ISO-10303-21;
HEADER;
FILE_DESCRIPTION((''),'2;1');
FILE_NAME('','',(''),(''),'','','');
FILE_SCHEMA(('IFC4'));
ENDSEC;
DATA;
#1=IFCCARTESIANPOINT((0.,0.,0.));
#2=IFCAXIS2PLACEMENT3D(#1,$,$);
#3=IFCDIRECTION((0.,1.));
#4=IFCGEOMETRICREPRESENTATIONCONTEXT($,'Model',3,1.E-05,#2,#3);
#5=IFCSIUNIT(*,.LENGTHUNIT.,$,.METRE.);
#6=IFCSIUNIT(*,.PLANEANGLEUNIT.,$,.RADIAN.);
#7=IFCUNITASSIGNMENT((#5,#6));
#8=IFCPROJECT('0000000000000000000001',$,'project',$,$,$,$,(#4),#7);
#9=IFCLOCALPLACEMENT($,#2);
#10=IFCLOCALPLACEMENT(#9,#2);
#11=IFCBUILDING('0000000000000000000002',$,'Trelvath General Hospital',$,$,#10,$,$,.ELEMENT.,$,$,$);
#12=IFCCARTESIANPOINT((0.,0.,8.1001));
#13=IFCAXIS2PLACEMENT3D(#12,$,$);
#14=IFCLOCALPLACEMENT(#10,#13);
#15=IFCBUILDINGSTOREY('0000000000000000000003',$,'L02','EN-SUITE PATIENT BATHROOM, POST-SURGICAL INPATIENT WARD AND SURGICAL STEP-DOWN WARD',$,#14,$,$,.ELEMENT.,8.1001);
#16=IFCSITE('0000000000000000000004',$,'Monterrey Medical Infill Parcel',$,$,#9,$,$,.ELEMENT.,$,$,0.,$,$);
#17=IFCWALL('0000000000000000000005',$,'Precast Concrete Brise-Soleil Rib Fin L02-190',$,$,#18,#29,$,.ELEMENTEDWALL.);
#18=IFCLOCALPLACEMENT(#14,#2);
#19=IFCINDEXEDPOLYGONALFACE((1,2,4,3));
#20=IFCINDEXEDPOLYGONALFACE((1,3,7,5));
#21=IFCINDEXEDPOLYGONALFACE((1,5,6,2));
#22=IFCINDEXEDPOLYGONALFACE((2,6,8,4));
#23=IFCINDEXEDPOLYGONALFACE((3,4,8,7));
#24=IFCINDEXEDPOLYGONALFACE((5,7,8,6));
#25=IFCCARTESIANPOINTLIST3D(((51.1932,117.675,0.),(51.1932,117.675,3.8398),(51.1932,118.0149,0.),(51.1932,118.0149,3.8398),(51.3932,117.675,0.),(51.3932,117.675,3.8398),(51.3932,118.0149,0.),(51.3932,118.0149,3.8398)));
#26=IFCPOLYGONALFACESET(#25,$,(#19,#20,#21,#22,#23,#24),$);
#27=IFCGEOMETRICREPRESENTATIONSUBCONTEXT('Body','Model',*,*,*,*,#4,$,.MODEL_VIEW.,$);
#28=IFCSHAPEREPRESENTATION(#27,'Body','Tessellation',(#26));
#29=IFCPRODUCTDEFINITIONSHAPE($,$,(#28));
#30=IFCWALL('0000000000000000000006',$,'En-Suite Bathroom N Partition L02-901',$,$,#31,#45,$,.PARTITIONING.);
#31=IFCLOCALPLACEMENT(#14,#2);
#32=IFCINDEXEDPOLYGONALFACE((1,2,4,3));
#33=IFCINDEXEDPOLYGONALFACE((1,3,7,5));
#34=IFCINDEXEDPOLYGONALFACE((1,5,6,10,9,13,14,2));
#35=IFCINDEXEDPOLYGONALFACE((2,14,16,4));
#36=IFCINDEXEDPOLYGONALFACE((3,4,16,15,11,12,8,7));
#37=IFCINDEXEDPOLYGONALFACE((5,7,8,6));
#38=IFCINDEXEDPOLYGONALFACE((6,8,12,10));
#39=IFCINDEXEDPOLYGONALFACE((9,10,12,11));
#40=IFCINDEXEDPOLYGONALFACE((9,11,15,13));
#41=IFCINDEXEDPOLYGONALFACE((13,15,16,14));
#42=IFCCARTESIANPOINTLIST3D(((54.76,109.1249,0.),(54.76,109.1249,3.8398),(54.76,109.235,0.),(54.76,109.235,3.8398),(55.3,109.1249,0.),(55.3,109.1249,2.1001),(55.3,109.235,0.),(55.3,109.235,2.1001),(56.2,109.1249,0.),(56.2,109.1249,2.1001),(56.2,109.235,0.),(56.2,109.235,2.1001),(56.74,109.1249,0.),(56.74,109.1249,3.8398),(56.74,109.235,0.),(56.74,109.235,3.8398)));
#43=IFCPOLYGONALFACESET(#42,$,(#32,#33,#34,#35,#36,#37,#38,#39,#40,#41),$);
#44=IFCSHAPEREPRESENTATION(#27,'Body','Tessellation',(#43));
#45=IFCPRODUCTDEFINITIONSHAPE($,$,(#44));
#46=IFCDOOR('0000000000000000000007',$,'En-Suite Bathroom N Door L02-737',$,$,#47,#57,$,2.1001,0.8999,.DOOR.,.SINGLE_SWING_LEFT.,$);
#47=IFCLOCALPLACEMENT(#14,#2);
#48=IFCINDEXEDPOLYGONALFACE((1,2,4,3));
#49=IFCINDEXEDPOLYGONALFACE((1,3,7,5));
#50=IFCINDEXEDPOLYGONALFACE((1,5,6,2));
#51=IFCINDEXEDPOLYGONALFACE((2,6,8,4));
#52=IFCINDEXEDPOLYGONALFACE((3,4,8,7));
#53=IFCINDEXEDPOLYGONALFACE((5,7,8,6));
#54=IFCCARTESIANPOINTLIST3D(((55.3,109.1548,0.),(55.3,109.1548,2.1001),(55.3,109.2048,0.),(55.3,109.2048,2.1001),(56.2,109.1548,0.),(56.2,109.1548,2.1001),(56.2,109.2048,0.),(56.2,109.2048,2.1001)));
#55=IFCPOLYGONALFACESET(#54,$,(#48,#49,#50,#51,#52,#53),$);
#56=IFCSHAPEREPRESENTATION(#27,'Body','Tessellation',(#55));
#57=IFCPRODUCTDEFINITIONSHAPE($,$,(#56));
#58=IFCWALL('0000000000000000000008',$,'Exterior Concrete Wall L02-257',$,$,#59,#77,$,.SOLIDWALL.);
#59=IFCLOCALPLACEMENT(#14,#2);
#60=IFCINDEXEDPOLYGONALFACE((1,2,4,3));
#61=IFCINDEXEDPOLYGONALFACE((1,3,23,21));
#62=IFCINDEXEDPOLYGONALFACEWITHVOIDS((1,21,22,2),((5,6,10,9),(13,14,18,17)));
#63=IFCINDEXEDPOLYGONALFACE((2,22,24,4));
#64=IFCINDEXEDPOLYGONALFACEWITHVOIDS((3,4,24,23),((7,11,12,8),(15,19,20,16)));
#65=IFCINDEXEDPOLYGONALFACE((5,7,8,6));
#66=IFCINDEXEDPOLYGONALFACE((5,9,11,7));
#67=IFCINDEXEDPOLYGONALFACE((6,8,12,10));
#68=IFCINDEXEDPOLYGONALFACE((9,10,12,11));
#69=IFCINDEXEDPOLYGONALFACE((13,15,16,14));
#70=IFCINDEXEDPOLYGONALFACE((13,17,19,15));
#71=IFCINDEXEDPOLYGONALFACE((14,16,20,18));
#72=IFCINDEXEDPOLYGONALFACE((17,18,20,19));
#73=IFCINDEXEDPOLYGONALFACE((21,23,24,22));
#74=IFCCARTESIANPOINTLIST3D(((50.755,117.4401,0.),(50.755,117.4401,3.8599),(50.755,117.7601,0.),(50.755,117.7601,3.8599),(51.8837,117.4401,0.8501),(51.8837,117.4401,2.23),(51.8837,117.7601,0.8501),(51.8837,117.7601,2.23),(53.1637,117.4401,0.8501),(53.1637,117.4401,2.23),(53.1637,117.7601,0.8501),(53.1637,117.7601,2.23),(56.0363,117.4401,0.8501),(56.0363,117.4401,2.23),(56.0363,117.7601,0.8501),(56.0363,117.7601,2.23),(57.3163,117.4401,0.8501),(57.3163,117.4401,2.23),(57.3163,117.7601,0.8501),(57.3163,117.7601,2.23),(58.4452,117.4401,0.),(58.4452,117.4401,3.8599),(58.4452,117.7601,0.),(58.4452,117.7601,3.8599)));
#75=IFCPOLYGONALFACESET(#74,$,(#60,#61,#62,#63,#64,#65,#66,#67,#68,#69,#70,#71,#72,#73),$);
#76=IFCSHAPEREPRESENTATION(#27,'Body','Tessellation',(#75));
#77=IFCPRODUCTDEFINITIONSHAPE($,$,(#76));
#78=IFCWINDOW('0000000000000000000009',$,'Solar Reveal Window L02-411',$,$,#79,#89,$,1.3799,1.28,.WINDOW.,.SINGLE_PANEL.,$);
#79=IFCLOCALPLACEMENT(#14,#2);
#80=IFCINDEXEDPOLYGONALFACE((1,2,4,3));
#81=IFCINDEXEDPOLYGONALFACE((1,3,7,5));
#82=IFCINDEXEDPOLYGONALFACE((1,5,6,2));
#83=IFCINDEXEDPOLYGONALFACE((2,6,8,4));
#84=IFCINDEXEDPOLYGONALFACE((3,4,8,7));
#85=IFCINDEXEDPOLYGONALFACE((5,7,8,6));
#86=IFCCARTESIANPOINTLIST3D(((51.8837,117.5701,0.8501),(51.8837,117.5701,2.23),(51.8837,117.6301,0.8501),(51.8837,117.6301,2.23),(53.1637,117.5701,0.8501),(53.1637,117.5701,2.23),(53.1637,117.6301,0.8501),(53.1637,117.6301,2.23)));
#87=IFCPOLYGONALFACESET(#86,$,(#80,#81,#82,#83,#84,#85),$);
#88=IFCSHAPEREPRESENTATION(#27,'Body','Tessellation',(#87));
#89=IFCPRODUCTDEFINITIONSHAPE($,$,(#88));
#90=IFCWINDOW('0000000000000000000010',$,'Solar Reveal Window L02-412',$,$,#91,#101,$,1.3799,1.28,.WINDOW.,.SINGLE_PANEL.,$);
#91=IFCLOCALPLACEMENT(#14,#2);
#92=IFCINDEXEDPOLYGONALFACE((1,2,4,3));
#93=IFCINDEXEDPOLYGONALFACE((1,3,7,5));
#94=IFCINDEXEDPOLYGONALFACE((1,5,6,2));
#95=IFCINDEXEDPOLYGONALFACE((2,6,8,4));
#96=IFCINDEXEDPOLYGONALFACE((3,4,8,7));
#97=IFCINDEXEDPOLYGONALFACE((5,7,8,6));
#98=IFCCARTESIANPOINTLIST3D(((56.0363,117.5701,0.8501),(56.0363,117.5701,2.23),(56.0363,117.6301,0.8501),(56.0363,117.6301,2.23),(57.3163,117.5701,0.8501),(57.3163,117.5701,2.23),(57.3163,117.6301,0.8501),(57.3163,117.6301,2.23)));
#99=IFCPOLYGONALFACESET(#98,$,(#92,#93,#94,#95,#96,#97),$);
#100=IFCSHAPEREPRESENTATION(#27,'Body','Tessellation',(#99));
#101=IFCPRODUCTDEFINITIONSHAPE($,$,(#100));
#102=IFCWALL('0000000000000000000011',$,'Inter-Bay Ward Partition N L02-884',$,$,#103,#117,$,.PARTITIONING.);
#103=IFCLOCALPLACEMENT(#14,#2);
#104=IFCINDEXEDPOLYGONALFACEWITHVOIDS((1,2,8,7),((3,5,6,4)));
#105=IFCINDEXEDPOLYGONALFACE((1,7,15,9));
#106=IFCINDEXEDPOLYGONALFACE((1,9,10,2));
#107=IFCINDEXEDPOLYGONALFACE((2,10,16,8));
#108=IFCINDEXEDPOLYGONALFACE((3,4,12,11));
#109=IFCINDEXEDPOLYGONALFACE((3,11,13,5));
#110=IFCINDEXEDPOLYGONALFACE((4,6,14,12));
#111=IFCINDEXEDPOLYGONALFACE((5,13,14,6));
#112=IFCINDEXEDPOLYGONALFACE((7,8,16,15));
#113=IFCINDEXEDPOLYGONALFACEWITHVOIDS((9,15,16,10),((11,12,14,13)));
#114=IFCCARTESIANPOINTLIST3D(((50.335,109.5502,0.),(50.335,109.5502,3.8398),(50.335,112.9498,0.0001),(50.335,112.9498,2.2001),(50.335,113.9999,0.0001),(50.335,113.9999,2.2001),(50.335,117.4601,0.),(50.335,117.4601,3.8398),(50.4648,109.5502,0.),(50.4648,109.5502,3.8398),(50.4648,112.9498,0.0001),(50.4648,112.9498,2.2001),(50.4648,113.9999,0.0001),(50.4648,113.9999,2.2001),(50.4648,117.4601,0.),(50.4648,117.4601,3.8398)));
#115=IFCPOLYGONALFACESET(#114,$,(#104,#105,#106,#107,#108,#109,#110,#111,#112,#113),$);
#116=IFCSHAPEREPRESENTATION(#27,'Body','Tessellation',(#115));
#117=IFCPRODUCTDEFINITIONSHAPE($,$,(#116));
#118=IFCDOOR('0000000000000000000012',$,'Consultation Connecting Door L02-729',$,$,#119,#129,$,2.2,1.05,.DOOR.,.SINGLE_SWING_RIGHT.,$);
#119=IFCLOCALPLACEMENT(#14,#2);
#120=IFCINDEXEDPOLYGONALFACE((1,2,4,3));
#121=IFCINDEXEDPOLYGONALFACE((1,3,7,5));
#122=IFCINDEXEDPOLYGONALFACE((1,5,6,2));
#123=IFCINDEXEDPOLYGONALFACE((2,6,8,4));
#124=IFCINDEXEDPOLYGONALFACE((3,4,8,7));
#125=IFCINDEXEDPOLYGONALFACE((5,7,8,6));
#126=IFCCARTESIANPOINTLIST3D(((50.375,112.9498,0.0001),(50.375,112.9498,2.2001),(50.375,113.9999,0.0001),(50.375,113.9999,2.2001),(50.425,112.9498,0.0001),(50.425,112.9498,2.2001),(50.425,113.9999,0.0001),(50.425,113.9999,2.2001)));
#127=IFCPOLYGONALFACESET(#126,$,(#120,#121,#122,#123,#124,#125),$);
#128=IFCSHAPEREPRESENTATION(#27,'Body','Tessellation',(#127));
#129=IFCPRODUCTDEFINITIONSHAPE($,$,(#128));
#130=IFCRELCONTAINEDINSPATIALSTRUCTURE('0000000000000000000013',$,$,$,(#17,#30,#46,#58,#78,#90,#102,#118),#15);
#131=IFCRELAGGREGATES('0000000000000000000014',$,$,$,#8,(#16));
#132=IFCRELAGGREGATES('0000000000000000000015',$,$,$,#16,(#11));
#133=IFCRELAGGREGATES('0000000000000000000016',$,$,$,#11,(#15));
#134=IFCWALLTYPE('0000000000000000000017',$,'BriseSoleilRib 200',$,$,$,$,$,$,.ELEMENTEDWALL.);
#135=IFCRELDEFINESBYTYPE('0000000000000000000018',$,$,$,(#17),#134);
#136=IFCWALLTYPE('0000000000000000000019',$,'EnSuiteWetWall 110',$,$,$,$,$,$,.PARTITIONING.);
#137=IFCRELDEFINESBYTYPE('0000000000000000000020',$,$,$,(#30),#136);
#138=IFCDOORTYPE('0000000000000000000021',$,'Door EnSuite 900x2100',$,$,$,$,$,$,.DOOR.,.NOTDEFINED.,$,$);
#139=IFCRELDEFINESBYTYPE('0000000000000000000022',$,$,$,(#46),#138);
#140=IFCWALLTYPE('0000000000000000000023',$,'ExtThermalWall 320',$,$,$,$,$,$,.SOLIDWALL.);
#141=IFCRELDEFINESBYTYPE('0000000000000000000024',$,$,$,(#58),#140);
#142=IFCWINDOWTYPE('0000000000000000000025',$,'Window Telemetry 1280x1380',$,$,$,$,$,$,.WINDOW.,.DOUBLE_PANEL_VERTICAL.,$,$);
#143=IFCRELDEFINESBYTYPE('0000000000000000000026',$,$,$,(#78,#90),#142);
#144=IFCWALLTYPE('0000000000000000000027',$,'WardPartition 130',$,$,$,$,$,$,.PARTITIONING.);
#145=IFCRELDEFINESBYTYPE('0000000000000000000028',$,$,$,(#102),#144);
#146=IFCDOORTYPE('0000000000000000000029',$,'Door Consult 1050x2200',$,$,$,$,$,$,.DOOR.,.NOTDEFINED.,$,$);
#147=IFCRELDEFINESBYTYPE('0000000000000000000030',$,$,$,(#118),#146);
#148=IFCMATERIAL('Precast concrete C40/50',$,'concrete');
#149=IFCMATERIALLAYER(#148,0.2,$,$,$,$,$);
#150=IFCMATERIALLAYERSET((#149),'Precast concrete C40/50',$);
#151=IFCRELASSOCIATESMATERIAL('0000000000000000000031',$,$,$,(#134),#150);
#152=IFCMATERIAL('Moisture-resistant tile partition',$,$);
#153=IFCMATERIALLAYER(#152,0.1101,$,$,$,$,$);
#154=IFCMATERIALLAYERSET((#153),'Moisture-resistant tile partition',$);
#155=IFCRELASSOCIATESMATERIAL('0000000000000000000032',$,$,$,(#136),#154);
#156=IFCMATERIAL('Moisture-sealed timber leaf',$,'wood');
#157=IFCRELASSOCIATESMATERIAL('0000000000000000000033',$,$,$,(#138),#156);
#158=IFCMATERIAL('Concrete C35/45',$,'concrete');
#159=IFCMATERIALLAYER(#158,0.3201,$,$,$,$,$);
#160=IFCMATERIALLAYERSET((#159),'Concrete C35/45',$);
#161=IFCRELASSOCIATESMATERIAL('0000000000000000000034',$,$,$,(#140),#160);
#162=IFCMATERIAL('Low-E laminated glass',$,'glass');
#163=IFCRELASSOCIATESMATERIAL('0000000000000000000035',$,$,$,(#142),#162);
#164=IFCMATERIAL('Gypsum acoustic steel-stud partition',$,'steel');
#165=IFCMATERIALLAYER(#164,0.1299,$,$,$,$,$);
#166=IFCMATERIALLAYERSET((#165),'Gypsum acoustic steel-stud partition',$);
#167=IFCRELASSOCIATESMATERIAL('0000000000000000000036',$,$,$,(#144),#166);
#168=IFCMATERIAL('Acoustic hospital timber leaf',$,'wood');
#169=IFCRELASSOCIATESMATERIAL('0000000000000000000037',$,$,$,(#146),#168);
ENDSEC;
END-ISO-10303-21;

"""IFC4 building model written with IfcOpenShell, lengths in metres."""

from ifc_helpers import new_model, si_unit, direction, frame, frame_2d, origin, place, context, subcontext, project, spatial, rectangle, extrude, material, layer, layer_set, type_object, element, fill, save


model = new_model("IFC4")

# Units and contexts
model_context = context("Model", 3, precision=1e-05, world=origin(), true_north=direction((0.0, 1.0)))
body_context = subcontext(model_context, "Body", "Model", "MODEL_VIEW")
ifc_project = project(units=[si_unit("LENGTHUNIT", "METRE"), si_unit("PLANEANGLEUNIT", "RADIAN")], contexts=[model_context])

# Site, building, storey
site_placement = place(None, origin())
site = spatial("IfcSite", under=ifc_project, at=site_placement, Name="Monterrey Medical Infill Parcel", CompositionType="ELEMENT", RefElevation=0.0)
building_placement = place(site_placement, origin())
building = spatial("IfcBuilding", under=site, at=building_placement, Name="Trelvath General Hospital", CompositionType="ELEMENT")
storey_placement = place(building_placement, frame((0.0, 0.0, 8.1001)))
storey = spatial("IfcBuildingStorey", under=building, at=storey_placement, Name="L02", Description="EN-SUITE PATIENT BATHROOM, POST-SURGICAL INPATIENT WARD AND SURGICAL STEP-DOWN WARD", CompositionType="ELEMENT", Elevation=8.1001)

# Wall
ifc_material_1 = material(Name="Precast concrete C40/50", Category="concrete")
ifc_layer_1 = layer(ifc_material_1, 0.2)
ifc_layer_set_1 = layer_set([ifc_layer_1], Name="Precast concrete C40/50")
wall_type_1 = type_object("IfcWallType", Name="BriseSoleilRib 200", PredefinedType="ELEMENTEDWALL", material=ifc_layer_set_1)
wall_1_placement = place(storey_placement, frame((51.2932, 117.675, 0.0), z_axis=(0.0, 0.0, 1.0), x_axis=(0.0, 1.0, 0.0)))
element("IfcWall", 1, at=wall_1_placement, inside=storey, type_object=wall_type_1, Name="Precast Concrete Brise-Soleil Rib Fin L02-190", PredefinedType="ELEMENTEDWALL", context=body_context, shape_type="SweptSolid", body=[
    extrude(rectangle(XDim=0.3398, YDim=0.2, at=frame_2d((0.1699, 0.0))), origin(), (0.0, 0.0, 1.0), 3.8398),
])

# Wall, opening, door
ifc_material_2 = material(Name="Moisture-resistant tile partition")
ifc_layer_2 = layer(ifc_material_2, 0.1101)
ifc_layer_set_2 = layer_set([ifc_layer_2], Name="Moisture-resistant tile partition")
wall_type_2 = type_object("IfcWallType", Name="EnSuiteWetWall 110", PredefinedType="PARTITIONING", material=ifc_layer_set_2)
wall_2_placement = place(storey_placement, frame((54.76, 109.1799, 0.0), z_axis=(0.0, 0.0, 1.0), x_axis=(1.0, 0.0, 0.0)))
wall_2 = element("IfcWall", 2, at=wall_2_placement, inside=storey, type_object=wall_type_2, Name="En-Suite Bathroom N Partition L02-901", PredefinedType="PARTITIONING", context=body_context, shape_type="SweptSolid", body=[
    extrude(rectangle(XDim=1.98, YDim=0.1101, at=frame_2d((0.99, 0.0))), origin(), (0.0, 0.0, 1.0), 3.8398),
])
opening_1_placement = place(wall_2_placement, frame((0.54, 0.0, 0.0)))
opening_1 = element("IfcOpeningElement", 3, at=opening_1_placement, cuts=wall_2, PredefinedType="OPENING", context=body_context, shape_type="SweptSolid", body=[
    extrude(rectangle(XDim=0.8999, YDim=2.1001, at=frame_2d((0.45, 1.05))), frame((0.0, 0.0649, 0.0), z_axis=(0.0, -1.0, 0.0), x_axis=(1.0, 0.0, 0.0)), (0.0, 0.0, 1.0), 0.1301),
])
ifc_material_3 = material(Name="Moisture-sealed timber leaf", Category="wood")
door_type_1 = type_object("IfcDoorType", Name="Door EnSuite 900x2100", OperationType="NOTDEFINED", PredefinedType="DOOR", material=ifc_material_3)
door_1_placement = place(opening_1_placement, origin())
door_1 = element("IfcDoor", 4, at=door_1_placement, inside=storey, type_object=door_type_1, Name="En-Suite Bathroom N Door L02-737", OperationType="SINGLE_SWING_LEFT", OverallHeight=2.1001, OverallWidth=0.8999, PredefinedType="DOOR", context=body_context, shape_type="SweptSolid", body=[
    extrude(rectangle(XDim=0.8999, YDim=2.1001, at=frame_2d((0.45, 1.05))), frame((0.0, 0.0249, 0.0), z_axis=(0.0, -1.0, 0.0), x_axis=(1.0, 0.0, 0.0)), (0.0, 0.0, 1.0), 0.05),
])
fill(opening_1, door_1)

# Wall, openings, windows
ifc_material_4 = material(Name="Concrete C35/45", Category="concrete")
ifc_layer_3 = layer(ifc_material_4, 0.3201)
ifc_layer_set_3 = layer_set([ifc_layer_3], Name="Concrete C35/45")
wall_type_3 = type_object("IfcWallType", Name="ExtThermalWall 320", PredefinedType="SOLIDWALL", material=ifc_layer_set_3)
wall_3_placement = place(storey_placement, frame((50.7549, 117.6001, 0.0), z_axis=(0.0, 0.0, 1.0), x_axis=(1.0, 0.0, 0.0)))
wall_3 = element("IfcWall", 5, at=wall_3_placement, inside=storey, type_object=wall_type_3, Name="Exterior Concrete Wall L02-257", PredefinedType="SOLIDWALL", context=body_context, shape_type="SweptSolid", body=[
    extrude(rectangle(XDim=7.6902, YDim=0.3201, at=frame_2d((3.8452, 0.0))), origin(), (0.0, 0.0, 1.0), 3.8599),
])
opening_2_placement = place(wall_3_placement, frame((1.1287, 0.0, 0.8501)))
opening_2 = element("IfcOpeningElement", 6, at=opening_2_placement, cuts=wall_3, PredefinedType="OPENING", context=body_context, shape_type="SweptSolid", body=[
    extrude(rectangle(XDim=1.28, YDim=1.3799, at=frame_2d((0.6401, 0.6899))), frame((0.0, 0.1699, 0.0), z_axis=(0.0, -1.0, 0.0), x_axis=(1.0, 0.0, 0.0)), (0.0, 0.0, 1.0), 0.3401),
])
opening_3_placement = place(wall_3_placement, frame((5.2812, 0.0, 0.8501)))
opening_3 = element("IfcOpeningElement", 7, at=opening_3_placement, cuts=wall_3, PredefinedType="OPENING", context=body_context, shape_type="SweptSolid", body=[
    extrude(rectangle(XDim=1.28, YDim=1.3799, at=frame_2d((0.6401, 0.6899))), frame((0.0, 0.1699, 0.0), z_axis=(0.0, -1.0, 0.0), x_axis=(1.0, 0.0, 0.0)), (0.0, 0.0, 1.0), 0.3401),
])
ifc_material_5 = material(Name="Low-E laminated glass", Category="glass")
window_type = type_object("IfcWindowType", Name="Window Telemetry 1280x1380", PartitioningType="DOUBLE_PANEL_VERTICAL", PredefinedType="WINDOW", material=ifc_material_5)
window_1_placement = place(opening_2_placement, origin())
window_1 = element("IfcWindow", 8, at=window_1_placement, inside=storey, type_object=window_type, Name="Solar Reveal Window L02-411", OverallHeight=1.3799, OverallWidth=1.28, PartitioningType="SINGLE_PANEL", PredefinedType="WINDOW", context=body_context, shape_type="SweptSolid", body=[
    extrude(rectangle(XDim=1.28, YDim=1.3799, at=frame_2d((0.6401, 0.6899))), frame((0.0, 0.03, 0.0), z_axis=(0.0, -1.0, 0.0), x_axis=(1.0, 0.0, 0.0)), (0.0, 0.0, 1.0), 0.0601),
])
fill(opening_2, window_1)
window_2_placement = place(opening_3_placement, origin())
window_2 = element("IfcWindow", 9, at=window_2_placement, inside=storey, type_object=window_type, Name="Solar Reveal Window L02-412", OverallHeight=1.3799, OverallWidth=1.28, PartitioningType="SINGLE_PANEL", PredefinedType="WINDOW", context=body_context, shape_type="SweptSolid", body=[
    extrude(rectangle(XDim=1.28, YDim=1.3799, at=frame_2d((0.6401, 0.6899))), frame((0.0, 0.03, 0.0), z_axis=(0.0, -1.0, 0.0), x_axis=(1.0, 0.0, 0.0)), (0.0, 0.0, 1.0), 0.0601),
])
fill(opening_3, window_2)

# Wall, opening, door
ifc_material_6 = material(Name="Gypsum acoustic steel-stud partition", Category="steel")
ifc_layer_4 = layer(ifc_material_6, 0.1299)
ifc_layer_set_4 = layer_set([ifc_layer_4], Name="Gypsum acoustic steel-stud partition")
wall_type_4 = type_object("IfcWallType", Name="WardPartition 130", PredefinedType="PARTITIONING", material=ifc_layer_set_4)
wall_4_placement = place(storey_placement, frame((50.3999, 109.55, 0.0), z_axis=(0.0, 0.0, 1.0), x_axis=(0.0, 1.0, 0.0)))
wall_4 = element("IfcWall", 10, at=wall_4_placement, inside=storey, type_object=wall_type_4, Name="Inter-Bay Ward Partition N L02-884", PredefinedType="PARTITIONING", context=body_context, shape_type="SweptSolid", body=[
    extrude(rectangle(XDim=7.9099, YDim=0.1299, at=frame_2d((3.9551, 0.0))), origin(), (0.0, 0.0, 1.0), 3.8398),
])
opening_4_placement = place(wall_4_placement, frame((3.3999, 0.0, 0.0)))
opening_4 = element("IfcOpeningElement", 11, at=opening_4_placement, cuts=wall_4, PredefinedType="OPENING", context=body_context, shape_type="SweptSolid", body=[
    extrude(rectangle(XDim=1.05, YDim=2.2, at=frame_2d((0.5249, 1.1001))), frame((0.0, 0.075, 0.0), z_axis=(0.0, -1.0, 0.0), x_axis=(1.0, 0.0, 0.0)), (0.0, 0.0, 1.0), 0.1499),
])
ifc_material_7 = material(Name="Acoustic hospital timber leaf", Category="wood")
door_type_2 = type_object("IfcDoorType", Name="Door Consult 1050x2200", OperationType="NOTDEFINED", PredefinedType="DOOR", material=ifc_material_7)
door_2_placement = place(opening_4_placement, origin())
door_2 = element("IfcDoor", 12, at=door_2_placement, inside=storey, type_object=door_type_2, Name="Consultation Connecting Door L02-729", OperationType="SINGLE_SWING_RIGHT", OverallHeight=2.2, OverallWidth=1.05, PredefinedType="DOOR", context=body_context, shape_type="SweptSolid", body=[
    extrude(rectangle(XDim=1.05, YDim=2.2, at=frame_2d((0.5249, 1.1001))), frame((0.0, 0.0249, 0.0), z_axis=(0.0, -1.0, 0.0), x_axis=(1.0, 0.0, 0.0)), (0.0, 0.0, 1.0), 0.05),
])
fill(opening_4, door_2)

save(model, "model.ifc")
